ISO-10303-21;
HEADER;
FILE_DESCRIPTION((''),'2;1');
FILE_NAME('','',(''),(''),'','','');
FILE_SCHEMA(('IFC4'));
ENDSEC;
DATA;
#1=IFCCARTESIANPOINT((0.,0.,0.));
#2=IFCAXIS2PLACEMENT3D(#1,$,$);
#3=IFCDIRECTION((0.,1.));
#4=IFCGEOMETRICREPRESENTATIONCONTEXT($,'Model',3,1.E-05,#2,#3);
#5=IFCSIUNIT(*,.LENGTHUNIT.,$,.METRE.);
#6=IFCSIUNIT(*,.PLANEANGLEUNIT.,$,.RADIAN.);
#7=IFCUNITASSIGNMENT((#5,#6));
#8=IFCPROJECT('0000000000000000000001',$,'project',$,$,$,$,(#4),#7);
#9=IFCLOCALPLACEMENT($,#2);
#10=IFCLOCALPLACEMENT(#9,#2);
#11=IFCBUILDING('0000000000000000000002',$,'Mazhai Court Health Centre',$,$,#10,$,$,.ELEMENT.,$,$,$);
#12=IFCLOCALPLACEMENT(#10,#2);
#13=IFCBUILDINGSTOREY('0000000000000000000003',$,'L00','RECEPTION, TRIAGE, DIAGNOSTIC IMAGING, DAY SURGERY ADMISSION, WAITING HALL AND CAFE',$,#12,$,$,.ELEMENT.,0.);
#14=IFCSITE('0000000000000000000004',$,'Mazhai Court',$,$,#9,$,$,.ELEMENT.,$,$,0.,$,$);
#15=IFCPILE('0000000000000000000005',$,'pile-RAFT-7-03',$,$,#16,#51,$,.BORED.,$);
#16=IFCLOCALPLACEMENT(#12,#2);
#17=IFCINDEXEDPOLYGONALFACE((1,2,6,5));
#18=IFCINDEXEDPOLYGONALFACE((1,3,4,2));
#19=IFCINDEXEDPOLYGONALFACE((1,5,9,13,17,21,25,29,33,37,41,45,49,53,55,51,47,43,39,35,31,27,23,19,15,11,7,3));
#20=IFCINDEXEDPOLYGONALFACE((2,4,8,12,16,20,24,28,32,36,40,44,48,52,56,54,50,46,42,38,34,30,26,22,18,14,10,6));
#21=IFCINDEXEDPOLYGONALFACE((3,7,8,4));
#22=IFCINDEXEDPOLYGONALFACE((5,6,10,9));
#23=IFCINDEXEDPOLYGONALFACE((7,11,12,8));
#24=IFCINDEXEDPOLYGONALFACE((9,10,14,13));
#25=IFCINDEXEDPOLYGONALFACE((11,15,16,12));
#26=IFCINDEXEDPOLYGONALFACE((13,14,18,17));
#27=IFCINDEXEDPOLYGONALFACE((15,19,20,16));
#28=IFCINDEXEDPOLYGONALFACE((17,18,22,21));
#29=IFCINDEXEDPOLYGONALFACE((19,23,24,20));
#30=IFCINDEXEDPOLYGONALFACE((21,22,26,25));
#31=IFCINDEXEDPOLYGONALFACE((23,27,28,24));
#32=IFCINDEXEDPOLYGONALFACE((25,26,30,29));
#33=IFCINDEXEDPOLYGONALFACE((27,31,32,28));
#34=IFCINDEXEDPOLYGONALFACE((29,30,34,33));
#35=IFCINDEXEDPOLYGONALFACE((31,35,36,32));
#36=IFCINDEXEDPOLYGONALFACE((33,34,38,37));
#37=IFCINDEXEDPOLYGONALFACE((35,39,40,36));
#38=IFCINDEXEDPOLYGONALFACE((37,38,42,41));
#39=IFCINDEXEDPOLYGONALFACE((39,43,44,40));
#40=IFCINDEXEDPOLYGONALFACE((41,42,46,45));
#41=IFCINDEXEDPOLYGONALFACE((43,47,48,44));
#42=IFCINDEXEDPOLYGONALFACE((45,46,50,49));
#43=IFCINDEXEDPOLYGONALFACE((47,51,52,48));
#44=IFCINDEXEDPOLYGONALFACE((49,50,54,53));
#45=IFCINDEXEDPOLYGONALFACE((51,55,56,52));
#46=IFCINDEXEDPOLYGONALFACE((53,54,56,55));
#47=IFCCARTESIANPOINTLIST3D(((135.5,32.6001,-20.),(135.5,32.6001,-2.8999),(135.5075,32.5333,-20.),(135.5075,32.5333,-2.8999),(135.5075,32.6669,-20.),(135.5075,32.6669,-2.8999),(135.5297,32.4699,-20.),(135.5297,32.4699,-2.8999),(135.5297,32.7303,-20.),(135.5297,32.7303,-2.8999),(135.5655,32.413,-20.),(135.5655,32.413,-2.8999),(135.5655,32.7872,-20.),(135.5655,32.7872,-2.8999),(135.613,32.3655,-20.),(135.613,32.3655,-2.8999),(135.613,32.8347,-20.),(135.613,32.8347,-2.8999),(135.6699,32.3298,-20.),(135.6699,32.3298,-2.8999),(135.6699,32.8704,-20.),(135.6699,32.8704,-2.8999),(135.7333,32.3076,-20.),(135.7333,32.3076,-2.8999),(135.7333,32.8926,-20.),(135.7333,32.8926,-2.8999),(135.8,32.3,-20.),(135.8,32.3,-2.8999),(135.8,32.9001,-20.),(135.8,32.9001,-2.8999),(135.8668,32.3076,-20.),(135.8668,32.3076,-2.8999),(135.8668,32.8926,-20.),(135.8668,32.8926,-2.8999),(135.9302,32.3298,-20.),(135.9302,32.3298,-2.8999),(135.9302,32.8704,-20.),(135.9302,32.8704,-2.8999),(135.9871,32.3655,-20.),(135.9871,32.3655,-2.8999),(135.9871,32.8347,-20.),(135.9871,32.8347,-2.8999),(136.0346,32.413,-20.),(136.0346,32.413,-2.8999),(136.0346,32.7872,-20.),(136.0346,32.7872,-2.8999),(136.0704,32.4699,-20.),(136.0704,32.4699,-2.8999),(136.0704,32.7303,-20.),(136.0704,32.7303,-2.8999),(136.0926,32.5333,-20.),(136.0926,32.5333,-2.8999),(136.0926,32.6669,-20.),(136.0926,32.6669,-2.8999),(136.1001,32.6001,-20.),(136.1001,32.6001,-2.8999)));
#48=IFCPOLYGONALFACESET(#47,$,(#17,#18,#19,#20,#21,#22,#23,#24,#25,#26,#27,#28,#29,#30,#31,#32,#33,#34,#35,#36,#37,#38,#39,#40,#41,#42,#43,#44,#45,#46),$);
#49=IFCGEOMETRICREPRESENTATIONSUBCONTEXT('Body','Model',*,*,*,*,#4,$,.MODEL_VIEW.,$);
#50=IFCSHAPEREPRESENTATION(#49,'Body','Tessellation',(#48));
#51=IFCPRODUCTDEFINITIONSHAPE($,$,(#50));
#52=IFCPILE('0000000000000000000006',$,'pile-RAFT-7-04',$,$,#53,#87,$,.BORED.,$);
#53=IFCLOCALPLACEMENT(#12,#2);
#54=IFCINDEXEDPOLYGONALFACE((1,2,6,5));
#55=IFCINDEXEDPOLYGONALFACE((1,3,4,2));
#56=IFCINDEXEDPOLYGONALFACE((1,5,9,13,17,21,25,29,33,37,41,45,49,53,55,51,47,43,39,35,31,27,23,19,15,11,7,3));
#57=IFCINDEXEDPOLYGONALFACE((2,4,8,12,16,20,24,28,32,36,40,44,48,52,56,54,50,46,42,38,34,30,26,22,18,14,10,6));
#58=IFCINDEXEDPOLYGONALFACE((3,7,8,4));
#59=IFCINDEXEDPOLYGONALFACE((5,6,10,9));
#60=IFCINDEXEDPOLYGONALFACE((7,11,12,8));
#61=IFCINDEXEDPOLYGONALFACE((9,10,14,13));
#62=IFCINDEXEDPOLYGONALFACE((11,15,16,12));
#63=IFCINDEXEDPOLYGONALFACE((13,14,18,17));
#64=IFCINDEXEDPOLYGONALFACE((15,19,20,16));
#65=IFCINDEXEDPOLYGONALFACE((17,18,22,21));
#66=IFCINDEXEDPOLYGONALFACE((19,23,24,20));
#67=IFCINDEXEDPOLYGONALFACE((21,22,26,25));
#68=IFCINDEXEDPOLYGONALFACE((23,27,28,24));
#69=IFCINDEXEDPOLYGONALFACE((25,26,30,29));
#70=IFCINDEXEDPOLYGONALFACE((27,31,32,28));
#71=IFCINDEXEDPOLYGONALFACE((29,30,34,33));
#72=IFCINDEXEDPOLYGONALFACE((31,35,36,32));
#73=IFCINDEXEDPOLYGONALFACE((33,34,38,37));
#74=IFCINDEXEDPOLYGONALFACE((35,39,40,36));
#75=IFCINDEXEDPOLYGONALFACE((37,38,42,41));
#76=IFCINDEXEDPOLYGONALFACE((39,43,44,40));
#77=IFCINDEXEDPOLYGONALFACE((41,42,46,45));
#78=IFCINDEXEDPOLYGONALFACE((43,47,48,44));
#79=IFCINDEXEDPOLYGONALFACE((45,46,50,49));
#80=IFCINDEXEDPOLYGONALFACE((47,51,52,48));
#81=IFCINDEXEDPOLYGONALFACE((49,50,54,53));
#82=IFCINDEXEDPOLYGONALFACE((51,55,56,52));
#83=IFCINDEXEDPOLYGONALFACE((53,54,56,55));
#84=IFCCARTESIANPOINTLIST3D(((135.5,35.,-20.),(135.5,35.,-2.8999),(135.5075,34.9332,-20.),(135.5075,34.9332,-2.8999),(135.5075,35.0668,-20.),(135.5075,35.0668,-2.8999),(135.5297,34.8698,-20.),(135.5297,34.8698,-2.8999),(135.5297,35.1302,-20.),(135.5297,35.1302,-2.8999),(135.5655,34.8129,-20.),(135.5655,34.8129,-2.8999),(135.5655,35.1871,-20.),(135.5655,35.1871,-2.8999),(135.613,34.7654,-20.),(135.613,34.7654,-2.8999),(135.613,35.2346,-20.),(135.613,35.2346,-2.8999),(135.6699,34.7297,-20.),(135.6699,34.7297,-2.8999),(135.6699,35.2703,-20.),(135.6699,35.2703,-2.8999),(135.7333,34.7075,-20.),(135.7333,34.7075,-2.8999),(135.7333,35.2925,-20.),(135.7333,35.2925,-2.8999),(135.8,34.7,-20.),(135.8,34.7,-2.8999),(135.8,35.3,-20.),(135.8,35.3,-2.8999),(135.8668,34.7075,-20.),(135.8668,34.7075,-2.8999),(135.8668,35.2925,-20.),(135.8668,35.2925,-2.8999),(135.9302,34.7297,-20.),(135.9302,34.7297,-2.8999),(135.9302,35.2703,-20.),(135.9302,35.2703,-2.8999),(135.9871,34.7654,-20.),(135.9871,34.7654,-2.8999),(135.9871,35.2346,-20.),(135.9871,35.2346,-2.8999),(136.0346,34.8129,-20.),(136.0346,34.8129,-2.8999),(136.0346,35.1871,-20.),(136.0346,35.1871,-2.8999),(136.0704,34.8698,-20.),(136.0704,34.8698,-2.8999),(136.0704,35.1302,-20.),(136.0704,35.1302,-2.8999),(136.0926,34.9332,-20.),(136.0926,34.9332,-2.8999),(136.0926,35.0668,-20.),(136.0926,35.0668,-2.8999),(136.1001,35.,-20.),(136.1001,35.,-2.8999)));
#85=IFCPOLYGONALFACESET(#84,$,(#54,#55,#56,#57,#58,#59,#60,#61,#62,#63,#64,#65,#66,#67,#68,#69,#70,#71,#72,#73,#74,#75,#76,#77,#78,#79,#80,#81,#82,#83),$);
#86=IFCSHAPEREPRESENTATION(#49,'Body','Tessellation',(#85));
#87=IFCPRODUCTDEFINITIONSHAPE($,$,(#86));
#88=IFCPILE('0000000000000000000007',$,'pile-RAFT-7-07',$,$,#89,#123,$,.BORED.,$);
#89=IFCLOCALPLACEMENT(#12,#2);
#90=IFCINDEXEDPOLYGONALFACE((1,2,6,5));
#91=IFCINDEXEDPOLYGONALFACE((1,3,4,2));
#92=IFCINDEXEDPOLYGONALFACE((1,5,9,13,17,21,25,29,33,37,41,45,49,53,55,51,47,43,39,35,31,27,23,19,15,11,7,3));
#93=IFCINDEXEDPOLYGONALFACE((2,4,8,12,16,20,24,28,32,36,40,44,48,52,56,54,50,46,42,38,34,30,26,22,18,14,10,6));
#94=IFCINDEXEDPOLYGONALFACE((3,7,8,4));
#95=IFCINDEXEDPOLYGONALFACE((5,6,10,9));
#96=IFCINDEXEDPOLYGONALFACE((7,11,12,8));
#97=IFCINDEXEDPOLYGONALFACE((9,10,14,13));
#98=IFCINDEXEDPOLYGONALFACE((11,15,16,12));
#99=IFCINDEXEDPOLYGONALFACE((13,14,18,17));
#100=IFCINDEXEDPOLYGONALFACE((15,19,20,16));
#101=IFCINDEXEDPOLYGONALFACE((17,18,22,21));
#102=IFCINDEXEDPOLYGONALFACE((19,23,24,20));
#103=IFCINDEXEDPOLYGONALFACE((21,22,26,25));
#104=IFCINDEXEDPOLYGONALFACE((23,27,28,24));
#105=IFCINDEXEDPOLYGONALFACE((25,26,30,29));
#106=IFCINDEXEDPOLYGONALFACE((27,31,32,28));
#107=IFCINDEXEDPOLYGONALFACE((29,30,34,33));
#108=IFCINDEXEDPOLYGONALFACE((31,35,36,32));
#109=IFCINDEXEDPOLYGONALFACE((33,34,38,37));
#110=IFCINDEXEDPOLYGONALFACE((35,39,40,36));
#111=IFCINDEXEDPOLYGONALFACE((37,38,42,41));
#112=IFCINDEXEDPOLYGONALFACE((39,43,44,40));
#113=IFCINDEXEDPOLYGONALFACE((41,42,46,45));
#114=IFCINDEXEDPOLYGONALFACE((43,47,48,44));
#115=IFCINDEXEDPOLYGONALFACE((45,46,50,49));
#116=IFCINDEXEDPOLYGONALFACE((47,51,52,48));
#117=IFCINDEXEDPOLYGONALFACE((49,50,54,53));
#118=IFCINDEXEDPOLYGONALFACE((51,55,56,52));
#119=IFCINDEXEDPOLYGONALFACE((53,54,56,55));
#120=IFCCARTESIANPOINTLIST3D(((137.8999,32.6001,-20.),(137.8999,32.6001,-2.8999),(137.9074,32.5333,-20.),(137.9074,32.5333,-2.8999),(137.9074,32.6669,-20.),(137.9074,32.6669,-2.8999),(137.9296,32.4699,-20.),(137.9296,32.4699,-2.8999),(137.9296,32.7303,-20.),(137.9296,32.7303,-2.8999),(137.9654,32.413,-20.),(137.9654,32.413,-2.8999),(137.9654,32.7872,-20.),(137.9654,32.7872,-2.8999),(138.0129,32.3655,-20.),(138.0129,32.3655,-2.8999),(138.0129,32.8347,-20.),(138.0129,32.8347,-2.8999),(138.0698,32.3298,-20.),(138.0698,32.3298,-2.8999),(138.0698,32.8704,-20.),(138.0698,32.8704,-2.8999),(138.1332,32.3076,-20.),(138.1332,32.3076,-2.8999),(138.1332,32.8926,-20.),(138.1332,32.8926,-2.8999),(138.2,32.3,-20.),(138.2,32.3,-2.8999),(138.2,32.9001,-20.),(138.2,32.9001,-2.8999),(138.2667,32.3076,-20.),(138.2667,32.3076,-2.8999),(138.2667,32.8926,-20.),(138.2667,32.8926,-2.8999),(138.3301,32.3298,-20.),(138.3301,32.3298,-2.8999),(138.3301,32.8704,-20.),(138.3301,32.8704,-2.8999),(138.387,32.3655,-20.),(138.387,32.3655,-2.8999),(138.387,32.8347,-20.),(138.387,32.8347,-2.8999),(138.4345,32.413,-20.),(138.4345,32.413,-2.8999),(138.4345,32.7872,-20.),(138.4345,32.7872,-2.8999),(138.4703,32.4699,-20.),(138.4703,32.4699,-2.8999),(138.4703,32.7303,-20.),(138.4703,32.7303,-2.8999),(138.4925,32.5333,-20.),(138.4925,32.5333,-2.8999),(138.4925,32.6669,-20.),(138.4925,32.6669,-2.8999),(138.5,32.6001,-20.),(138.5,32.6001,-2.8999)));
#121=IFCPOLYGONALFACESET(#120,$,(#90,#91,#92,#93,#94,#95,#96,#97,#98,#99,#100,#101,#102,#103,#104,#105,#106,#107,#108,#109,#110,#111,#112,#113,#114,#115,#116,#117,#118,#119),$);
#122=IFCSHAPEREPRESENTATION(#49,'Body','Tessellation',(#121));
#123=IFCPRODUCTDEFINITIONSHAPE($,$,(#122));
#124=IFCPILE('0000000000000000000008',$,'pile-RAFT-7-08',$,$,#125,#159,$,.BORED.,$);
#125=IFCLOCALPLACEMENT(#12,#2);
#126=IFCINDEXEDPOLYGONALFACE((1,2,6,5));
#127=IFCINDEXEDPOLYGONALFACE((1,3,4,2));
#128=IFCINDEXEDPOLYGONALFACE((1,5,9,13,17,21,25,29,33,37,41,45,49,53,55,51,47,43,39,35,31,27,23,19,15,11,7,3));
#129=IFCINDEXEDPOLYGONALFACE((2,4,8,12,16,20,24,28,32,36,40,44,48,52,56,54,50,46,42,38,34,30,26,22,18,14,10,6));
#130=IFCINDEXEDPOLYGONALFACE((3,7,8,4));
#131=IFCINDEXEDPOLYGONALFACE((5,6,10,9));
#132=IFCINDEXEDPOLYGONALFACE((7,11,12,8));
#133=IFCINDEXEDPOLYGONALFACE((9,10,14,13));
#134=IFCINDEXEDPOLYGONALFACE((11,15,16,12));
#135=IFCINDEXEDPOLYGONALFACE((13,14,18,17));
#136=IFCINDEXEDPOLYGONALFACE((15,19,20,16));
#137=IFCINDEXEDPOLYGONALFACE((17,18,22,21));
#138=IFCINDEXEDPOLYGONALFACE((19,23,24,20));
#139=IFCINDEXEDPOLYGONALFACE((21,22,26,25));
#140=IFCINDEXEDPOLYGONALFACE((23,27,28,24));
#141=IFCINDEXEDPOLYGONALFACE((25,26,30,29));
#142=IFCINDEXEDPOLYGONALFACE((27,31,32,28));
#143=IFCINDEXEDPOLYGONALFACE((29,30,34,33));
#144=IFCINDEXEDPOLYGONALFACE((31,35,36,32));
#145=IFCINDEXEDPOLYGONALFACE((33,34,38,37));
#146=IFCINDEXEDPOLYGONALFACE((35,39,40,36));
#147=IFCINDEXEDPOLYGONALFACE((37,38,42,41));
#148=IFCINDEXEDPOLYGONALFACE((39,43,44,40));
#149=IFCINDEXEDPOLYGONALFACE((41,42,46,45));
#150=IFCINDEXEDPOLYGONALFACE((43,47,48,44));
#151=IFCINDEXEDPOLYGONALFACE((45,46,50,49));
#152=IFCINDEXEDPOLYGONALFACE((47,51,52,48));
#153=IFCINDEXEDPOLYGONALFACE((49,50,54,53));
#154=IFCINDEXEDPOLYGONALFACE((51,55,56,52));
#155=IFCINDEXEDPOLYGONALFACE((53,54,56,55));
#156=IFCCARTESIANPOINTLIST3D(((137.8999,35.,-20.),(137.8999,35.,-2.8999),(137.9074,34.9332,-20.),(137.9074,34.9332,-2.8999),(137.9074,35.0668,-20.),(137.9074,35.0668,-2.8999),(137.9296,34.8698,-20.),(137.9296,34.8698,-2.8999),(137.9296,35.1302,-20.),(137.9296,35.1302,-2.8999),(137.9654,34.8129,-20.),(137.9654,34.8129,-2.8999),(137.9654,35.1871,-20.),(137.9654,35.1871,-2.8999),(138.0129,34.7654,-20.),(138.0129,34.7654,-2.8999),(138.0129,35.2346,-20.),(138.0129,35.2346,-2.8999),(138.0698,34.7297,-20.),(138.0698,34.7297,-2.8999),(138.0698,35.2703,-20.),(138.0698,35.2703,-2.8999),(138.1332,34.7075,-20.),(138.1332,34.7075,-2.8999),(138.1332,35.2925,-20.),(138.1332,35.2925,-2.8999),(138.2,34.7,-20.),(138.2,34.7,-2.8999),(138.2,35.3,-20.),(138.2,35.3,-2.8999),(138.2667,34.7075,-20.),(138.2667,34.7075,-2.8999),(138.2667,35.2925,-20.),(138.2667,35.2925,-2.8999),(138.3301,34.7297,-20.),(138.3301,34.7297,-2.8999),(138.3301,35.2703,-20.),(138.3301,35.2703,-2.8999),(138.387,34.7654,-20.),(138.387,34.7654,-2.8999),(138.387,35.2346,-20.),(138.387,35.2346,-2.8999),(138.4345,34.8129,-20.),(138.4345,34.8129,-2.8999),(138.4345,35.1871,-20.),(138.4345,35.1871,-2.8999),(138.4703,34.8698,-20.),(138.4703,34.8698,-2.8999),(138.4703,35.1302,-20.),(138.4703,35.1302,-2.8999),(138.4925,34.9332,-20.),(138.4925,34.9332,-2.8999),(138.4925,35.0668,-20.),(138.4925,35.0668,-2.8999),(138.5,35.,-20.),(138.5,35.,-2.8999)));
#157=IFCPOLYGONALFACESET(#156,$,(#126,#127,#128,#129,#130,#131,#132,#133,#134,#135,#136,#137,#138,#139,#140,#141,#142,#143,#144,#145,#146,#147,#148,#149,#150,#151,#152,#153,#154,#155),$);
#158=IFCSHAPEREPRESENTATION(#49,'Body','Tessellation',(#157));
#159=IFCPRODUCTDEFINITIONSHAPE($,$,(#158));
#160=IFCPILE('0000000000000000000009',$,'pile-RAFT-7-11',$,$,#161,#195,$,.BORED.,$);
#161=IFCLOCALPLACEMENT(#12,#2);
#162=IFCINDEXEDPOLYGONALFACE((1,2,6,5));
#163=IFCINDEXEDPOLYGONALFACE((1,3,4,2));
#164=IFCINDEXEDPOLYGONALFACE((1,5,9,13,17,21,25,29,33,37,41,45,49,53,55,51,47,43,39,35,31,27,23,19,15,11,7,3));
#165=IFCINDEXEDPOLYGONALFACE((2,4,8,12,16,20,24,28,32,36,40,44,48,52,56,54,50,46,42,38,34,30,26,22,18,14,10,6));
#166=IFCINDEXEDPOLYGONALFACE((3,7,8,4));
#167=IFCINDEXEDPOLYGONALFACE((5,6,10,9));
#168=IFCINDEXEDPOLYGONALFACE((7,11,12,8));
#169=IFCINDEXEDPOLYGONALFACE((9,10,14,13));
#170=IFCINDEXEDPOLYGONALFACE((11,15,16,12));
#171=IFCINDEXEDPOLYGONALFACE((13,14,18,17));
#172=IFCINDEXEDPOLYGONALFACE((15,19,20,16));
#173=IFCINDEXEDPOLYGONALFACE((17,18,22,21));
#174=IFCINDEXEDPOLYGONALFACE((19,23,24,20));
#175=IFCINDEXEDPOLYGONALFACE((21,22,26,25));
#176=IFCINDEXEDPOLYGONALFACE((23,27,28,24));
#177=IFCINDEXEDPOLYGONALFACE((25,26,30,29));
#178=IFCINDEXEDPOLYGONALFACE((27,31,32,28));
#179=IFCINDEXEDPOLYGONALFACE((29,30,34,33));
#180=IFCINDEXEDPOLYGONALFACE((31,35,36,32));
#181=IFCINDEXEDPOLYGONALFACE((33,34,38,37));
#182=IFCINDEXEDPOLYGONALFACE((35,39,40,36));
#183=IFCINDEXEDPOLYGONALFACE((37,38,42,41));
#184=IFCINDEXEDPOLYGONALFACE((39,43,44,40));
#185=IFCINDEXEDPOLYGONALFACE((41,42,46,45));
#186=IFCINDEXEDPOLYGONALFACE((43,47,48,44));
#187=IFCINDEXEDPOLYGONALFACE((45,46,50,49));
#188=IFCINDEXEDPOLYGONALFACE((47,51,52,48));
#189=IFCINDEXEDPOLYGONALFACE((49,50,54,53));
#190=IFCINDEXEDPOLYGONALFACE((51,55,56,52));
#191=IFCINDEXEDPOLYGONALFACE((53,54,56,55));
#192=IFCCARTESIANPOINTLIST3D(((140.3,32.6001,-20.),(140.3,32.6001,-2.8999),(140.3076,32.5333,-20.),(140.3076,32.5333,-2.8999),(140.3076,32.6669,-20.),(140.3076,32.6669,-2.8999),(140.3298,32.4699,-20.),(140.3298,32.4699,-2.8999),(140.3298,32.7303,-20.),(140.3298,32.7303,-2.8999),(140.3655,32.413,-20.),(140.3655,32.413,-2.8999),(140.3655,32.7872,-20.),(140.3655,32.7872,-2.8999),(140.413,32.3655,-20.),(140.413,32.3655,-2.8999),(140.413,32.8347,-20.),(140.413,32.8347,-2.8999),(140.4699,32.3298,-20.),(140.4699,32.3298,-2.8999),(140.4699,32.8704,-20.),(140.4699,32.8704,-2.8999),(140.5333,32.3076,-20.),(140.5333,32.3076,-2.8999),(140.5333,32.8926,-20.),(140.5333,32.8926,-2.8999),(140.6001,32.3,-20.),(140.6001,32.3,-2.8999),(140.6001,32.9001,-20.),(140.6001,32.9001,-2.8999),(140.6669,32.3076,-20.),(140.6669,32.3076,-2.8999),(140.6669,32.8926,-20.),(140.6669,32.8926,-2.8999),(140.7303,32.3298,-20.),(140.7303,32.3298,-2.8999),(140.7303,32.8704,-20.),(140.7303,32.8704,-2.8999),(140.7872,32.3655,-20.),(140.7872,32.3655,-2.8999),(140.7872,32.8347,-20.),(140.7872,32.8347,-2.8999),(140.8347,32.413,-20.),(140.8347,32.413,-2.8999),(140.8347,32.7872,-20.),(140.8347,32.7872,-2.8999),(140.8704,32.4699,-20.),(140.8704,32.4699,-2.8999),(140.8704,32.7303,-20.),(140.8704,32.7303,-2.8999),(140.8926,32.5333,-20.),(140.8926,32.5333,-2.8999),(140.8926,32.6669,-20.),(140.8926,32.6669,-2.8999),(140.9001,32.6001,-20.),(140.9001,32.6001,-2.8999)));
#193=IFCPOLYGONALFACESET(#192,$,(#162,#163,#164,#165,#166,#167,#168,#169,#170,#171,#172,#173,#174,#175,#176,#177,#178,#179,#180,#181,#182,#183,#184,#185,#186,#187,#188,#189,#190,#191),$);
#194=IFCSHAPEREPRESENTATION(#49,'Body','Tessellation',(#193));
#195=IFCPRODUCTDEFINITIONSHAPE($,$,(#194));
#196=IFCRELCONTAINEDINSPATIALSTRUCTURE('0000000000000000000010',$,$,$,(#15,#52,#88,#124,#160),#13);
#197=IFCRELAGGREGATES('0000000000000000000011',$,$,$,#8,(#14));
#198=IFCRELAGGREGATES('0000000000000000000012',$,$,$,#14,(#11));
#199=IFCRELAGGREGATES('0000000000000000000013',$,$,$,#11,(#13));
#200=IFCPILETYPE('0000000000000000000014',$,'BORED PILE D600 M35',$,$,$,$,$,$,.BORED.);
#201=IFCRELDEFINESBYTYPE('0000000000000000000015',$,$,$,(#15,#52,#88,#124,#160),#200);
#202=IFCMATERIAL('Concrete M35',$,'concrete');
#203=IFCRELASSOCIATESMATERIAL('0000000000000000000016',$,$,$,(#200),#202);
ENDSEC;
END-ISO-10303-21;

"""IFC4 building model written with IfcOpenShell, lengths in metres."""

from ifc_helpers import new_model, si_unit, direction, frame, origin, origin_2d, place, context, subcontext, project, spatial, circle, extrude, material, material_profile, profile_set, type_object, element, save


model = new_model("IFC4")

# Units and contexts
model_context = context("Model", 3, precision=1e-05, world=origin(), true_north=direction((0.0, 1.0)))
body_context = subcontext(model_context, "Body", "Model", "MODEL_VIEW")
ifc_project = project(units=[si_unit("LENGTHUNIT", "METRE"), si_unit("PLANEANGLEUNIT", "RADIAN")], contexts=[model_context])

# Site, building, storey
site_placement = place(None, origin())
site = spatial("IfcSite", under=ifc_project, at=site_placement, Name="Mazhai Court", CompositionType="ELEMENT", RefElevation=0.0)
building_placement = place(site_placement, origin())
building = spatial("IfcBuilding", under=site, at=building_placement, Name="Mazhai Court Health Centre", CompositionType="ELEMENT")
storey_placement = place(building_placement, origin())
storey = spatial("IfcBuildingStorey", under=building, at=storey_placement, Name="L00", Description="RECEPTION, TRIAGE, DIAGNOSTIC IMAGING, DAY SURGERY ADMISSION, WAITING HALL AND CAFE", CompositionType="ELEMENT", Elevation=0.0)

# Piles
ifc_material_1 = material(Name="Concrete M35", Category="concrete")
ifc_material_profile_1 = material_profile(ifc_material_1, circle(Radius=0.3, at=origin_2d()), Name="RC PILE D600")
ifc_profile_set_1 = profile_set([ifc_material_profile_1], Name="Concrete M35")
pile_type = type_object("IfcPileType", Name="BORED PILE D600 M35", PredefinedType="BORED", material=ifc_profile_set_1)
for number, where, z_axis, x_axis, name in (
    (1, (135.8, 32.6001, -2.8999), (0.0, 0.0, -1.0), (1.0, 0.0, 0.0), "pile-RAFT-7-03"),
    (2, (135.8, 35.0, -2.8999), (0.0, 0.0, -1.0), (1.0, 0.0, 0.0), "pile-RAFT-7-04"),
    (3, (138.2, 32.6001, -2.8999), (0.0, 0.0, -1.0), (1.0, 0.0, 0.0), "pile-RAFT-7-07"),
    (4, (138.2, 35.0, -2.8999), (0.0, 0.0, -1.0), (1.0, 0.0, 0.0), "pile-RAFT-7-08"),
    (5, (140.6001, 32.6001, -2.8999), (0.0, 0.0, -1.0), (1.0, 0.0, 0.0), "pile-RAFT-7-11"),
):
    element("IfcPile", number, at=place(storey_placement, frame(where, z_axis=z_axis, x_axis=x_axis)), inside=storey, type_object=pile_type, Name=name, PredefinedType="BORED", context=body_context, shape_type="SweptSolid", body=[
        extrude(circle(Radius=0.3, at=origin_2d()), origin(), (0.0, 0.0, 1.0), 17.1001),
    ])

save(model, "model.ifc")
